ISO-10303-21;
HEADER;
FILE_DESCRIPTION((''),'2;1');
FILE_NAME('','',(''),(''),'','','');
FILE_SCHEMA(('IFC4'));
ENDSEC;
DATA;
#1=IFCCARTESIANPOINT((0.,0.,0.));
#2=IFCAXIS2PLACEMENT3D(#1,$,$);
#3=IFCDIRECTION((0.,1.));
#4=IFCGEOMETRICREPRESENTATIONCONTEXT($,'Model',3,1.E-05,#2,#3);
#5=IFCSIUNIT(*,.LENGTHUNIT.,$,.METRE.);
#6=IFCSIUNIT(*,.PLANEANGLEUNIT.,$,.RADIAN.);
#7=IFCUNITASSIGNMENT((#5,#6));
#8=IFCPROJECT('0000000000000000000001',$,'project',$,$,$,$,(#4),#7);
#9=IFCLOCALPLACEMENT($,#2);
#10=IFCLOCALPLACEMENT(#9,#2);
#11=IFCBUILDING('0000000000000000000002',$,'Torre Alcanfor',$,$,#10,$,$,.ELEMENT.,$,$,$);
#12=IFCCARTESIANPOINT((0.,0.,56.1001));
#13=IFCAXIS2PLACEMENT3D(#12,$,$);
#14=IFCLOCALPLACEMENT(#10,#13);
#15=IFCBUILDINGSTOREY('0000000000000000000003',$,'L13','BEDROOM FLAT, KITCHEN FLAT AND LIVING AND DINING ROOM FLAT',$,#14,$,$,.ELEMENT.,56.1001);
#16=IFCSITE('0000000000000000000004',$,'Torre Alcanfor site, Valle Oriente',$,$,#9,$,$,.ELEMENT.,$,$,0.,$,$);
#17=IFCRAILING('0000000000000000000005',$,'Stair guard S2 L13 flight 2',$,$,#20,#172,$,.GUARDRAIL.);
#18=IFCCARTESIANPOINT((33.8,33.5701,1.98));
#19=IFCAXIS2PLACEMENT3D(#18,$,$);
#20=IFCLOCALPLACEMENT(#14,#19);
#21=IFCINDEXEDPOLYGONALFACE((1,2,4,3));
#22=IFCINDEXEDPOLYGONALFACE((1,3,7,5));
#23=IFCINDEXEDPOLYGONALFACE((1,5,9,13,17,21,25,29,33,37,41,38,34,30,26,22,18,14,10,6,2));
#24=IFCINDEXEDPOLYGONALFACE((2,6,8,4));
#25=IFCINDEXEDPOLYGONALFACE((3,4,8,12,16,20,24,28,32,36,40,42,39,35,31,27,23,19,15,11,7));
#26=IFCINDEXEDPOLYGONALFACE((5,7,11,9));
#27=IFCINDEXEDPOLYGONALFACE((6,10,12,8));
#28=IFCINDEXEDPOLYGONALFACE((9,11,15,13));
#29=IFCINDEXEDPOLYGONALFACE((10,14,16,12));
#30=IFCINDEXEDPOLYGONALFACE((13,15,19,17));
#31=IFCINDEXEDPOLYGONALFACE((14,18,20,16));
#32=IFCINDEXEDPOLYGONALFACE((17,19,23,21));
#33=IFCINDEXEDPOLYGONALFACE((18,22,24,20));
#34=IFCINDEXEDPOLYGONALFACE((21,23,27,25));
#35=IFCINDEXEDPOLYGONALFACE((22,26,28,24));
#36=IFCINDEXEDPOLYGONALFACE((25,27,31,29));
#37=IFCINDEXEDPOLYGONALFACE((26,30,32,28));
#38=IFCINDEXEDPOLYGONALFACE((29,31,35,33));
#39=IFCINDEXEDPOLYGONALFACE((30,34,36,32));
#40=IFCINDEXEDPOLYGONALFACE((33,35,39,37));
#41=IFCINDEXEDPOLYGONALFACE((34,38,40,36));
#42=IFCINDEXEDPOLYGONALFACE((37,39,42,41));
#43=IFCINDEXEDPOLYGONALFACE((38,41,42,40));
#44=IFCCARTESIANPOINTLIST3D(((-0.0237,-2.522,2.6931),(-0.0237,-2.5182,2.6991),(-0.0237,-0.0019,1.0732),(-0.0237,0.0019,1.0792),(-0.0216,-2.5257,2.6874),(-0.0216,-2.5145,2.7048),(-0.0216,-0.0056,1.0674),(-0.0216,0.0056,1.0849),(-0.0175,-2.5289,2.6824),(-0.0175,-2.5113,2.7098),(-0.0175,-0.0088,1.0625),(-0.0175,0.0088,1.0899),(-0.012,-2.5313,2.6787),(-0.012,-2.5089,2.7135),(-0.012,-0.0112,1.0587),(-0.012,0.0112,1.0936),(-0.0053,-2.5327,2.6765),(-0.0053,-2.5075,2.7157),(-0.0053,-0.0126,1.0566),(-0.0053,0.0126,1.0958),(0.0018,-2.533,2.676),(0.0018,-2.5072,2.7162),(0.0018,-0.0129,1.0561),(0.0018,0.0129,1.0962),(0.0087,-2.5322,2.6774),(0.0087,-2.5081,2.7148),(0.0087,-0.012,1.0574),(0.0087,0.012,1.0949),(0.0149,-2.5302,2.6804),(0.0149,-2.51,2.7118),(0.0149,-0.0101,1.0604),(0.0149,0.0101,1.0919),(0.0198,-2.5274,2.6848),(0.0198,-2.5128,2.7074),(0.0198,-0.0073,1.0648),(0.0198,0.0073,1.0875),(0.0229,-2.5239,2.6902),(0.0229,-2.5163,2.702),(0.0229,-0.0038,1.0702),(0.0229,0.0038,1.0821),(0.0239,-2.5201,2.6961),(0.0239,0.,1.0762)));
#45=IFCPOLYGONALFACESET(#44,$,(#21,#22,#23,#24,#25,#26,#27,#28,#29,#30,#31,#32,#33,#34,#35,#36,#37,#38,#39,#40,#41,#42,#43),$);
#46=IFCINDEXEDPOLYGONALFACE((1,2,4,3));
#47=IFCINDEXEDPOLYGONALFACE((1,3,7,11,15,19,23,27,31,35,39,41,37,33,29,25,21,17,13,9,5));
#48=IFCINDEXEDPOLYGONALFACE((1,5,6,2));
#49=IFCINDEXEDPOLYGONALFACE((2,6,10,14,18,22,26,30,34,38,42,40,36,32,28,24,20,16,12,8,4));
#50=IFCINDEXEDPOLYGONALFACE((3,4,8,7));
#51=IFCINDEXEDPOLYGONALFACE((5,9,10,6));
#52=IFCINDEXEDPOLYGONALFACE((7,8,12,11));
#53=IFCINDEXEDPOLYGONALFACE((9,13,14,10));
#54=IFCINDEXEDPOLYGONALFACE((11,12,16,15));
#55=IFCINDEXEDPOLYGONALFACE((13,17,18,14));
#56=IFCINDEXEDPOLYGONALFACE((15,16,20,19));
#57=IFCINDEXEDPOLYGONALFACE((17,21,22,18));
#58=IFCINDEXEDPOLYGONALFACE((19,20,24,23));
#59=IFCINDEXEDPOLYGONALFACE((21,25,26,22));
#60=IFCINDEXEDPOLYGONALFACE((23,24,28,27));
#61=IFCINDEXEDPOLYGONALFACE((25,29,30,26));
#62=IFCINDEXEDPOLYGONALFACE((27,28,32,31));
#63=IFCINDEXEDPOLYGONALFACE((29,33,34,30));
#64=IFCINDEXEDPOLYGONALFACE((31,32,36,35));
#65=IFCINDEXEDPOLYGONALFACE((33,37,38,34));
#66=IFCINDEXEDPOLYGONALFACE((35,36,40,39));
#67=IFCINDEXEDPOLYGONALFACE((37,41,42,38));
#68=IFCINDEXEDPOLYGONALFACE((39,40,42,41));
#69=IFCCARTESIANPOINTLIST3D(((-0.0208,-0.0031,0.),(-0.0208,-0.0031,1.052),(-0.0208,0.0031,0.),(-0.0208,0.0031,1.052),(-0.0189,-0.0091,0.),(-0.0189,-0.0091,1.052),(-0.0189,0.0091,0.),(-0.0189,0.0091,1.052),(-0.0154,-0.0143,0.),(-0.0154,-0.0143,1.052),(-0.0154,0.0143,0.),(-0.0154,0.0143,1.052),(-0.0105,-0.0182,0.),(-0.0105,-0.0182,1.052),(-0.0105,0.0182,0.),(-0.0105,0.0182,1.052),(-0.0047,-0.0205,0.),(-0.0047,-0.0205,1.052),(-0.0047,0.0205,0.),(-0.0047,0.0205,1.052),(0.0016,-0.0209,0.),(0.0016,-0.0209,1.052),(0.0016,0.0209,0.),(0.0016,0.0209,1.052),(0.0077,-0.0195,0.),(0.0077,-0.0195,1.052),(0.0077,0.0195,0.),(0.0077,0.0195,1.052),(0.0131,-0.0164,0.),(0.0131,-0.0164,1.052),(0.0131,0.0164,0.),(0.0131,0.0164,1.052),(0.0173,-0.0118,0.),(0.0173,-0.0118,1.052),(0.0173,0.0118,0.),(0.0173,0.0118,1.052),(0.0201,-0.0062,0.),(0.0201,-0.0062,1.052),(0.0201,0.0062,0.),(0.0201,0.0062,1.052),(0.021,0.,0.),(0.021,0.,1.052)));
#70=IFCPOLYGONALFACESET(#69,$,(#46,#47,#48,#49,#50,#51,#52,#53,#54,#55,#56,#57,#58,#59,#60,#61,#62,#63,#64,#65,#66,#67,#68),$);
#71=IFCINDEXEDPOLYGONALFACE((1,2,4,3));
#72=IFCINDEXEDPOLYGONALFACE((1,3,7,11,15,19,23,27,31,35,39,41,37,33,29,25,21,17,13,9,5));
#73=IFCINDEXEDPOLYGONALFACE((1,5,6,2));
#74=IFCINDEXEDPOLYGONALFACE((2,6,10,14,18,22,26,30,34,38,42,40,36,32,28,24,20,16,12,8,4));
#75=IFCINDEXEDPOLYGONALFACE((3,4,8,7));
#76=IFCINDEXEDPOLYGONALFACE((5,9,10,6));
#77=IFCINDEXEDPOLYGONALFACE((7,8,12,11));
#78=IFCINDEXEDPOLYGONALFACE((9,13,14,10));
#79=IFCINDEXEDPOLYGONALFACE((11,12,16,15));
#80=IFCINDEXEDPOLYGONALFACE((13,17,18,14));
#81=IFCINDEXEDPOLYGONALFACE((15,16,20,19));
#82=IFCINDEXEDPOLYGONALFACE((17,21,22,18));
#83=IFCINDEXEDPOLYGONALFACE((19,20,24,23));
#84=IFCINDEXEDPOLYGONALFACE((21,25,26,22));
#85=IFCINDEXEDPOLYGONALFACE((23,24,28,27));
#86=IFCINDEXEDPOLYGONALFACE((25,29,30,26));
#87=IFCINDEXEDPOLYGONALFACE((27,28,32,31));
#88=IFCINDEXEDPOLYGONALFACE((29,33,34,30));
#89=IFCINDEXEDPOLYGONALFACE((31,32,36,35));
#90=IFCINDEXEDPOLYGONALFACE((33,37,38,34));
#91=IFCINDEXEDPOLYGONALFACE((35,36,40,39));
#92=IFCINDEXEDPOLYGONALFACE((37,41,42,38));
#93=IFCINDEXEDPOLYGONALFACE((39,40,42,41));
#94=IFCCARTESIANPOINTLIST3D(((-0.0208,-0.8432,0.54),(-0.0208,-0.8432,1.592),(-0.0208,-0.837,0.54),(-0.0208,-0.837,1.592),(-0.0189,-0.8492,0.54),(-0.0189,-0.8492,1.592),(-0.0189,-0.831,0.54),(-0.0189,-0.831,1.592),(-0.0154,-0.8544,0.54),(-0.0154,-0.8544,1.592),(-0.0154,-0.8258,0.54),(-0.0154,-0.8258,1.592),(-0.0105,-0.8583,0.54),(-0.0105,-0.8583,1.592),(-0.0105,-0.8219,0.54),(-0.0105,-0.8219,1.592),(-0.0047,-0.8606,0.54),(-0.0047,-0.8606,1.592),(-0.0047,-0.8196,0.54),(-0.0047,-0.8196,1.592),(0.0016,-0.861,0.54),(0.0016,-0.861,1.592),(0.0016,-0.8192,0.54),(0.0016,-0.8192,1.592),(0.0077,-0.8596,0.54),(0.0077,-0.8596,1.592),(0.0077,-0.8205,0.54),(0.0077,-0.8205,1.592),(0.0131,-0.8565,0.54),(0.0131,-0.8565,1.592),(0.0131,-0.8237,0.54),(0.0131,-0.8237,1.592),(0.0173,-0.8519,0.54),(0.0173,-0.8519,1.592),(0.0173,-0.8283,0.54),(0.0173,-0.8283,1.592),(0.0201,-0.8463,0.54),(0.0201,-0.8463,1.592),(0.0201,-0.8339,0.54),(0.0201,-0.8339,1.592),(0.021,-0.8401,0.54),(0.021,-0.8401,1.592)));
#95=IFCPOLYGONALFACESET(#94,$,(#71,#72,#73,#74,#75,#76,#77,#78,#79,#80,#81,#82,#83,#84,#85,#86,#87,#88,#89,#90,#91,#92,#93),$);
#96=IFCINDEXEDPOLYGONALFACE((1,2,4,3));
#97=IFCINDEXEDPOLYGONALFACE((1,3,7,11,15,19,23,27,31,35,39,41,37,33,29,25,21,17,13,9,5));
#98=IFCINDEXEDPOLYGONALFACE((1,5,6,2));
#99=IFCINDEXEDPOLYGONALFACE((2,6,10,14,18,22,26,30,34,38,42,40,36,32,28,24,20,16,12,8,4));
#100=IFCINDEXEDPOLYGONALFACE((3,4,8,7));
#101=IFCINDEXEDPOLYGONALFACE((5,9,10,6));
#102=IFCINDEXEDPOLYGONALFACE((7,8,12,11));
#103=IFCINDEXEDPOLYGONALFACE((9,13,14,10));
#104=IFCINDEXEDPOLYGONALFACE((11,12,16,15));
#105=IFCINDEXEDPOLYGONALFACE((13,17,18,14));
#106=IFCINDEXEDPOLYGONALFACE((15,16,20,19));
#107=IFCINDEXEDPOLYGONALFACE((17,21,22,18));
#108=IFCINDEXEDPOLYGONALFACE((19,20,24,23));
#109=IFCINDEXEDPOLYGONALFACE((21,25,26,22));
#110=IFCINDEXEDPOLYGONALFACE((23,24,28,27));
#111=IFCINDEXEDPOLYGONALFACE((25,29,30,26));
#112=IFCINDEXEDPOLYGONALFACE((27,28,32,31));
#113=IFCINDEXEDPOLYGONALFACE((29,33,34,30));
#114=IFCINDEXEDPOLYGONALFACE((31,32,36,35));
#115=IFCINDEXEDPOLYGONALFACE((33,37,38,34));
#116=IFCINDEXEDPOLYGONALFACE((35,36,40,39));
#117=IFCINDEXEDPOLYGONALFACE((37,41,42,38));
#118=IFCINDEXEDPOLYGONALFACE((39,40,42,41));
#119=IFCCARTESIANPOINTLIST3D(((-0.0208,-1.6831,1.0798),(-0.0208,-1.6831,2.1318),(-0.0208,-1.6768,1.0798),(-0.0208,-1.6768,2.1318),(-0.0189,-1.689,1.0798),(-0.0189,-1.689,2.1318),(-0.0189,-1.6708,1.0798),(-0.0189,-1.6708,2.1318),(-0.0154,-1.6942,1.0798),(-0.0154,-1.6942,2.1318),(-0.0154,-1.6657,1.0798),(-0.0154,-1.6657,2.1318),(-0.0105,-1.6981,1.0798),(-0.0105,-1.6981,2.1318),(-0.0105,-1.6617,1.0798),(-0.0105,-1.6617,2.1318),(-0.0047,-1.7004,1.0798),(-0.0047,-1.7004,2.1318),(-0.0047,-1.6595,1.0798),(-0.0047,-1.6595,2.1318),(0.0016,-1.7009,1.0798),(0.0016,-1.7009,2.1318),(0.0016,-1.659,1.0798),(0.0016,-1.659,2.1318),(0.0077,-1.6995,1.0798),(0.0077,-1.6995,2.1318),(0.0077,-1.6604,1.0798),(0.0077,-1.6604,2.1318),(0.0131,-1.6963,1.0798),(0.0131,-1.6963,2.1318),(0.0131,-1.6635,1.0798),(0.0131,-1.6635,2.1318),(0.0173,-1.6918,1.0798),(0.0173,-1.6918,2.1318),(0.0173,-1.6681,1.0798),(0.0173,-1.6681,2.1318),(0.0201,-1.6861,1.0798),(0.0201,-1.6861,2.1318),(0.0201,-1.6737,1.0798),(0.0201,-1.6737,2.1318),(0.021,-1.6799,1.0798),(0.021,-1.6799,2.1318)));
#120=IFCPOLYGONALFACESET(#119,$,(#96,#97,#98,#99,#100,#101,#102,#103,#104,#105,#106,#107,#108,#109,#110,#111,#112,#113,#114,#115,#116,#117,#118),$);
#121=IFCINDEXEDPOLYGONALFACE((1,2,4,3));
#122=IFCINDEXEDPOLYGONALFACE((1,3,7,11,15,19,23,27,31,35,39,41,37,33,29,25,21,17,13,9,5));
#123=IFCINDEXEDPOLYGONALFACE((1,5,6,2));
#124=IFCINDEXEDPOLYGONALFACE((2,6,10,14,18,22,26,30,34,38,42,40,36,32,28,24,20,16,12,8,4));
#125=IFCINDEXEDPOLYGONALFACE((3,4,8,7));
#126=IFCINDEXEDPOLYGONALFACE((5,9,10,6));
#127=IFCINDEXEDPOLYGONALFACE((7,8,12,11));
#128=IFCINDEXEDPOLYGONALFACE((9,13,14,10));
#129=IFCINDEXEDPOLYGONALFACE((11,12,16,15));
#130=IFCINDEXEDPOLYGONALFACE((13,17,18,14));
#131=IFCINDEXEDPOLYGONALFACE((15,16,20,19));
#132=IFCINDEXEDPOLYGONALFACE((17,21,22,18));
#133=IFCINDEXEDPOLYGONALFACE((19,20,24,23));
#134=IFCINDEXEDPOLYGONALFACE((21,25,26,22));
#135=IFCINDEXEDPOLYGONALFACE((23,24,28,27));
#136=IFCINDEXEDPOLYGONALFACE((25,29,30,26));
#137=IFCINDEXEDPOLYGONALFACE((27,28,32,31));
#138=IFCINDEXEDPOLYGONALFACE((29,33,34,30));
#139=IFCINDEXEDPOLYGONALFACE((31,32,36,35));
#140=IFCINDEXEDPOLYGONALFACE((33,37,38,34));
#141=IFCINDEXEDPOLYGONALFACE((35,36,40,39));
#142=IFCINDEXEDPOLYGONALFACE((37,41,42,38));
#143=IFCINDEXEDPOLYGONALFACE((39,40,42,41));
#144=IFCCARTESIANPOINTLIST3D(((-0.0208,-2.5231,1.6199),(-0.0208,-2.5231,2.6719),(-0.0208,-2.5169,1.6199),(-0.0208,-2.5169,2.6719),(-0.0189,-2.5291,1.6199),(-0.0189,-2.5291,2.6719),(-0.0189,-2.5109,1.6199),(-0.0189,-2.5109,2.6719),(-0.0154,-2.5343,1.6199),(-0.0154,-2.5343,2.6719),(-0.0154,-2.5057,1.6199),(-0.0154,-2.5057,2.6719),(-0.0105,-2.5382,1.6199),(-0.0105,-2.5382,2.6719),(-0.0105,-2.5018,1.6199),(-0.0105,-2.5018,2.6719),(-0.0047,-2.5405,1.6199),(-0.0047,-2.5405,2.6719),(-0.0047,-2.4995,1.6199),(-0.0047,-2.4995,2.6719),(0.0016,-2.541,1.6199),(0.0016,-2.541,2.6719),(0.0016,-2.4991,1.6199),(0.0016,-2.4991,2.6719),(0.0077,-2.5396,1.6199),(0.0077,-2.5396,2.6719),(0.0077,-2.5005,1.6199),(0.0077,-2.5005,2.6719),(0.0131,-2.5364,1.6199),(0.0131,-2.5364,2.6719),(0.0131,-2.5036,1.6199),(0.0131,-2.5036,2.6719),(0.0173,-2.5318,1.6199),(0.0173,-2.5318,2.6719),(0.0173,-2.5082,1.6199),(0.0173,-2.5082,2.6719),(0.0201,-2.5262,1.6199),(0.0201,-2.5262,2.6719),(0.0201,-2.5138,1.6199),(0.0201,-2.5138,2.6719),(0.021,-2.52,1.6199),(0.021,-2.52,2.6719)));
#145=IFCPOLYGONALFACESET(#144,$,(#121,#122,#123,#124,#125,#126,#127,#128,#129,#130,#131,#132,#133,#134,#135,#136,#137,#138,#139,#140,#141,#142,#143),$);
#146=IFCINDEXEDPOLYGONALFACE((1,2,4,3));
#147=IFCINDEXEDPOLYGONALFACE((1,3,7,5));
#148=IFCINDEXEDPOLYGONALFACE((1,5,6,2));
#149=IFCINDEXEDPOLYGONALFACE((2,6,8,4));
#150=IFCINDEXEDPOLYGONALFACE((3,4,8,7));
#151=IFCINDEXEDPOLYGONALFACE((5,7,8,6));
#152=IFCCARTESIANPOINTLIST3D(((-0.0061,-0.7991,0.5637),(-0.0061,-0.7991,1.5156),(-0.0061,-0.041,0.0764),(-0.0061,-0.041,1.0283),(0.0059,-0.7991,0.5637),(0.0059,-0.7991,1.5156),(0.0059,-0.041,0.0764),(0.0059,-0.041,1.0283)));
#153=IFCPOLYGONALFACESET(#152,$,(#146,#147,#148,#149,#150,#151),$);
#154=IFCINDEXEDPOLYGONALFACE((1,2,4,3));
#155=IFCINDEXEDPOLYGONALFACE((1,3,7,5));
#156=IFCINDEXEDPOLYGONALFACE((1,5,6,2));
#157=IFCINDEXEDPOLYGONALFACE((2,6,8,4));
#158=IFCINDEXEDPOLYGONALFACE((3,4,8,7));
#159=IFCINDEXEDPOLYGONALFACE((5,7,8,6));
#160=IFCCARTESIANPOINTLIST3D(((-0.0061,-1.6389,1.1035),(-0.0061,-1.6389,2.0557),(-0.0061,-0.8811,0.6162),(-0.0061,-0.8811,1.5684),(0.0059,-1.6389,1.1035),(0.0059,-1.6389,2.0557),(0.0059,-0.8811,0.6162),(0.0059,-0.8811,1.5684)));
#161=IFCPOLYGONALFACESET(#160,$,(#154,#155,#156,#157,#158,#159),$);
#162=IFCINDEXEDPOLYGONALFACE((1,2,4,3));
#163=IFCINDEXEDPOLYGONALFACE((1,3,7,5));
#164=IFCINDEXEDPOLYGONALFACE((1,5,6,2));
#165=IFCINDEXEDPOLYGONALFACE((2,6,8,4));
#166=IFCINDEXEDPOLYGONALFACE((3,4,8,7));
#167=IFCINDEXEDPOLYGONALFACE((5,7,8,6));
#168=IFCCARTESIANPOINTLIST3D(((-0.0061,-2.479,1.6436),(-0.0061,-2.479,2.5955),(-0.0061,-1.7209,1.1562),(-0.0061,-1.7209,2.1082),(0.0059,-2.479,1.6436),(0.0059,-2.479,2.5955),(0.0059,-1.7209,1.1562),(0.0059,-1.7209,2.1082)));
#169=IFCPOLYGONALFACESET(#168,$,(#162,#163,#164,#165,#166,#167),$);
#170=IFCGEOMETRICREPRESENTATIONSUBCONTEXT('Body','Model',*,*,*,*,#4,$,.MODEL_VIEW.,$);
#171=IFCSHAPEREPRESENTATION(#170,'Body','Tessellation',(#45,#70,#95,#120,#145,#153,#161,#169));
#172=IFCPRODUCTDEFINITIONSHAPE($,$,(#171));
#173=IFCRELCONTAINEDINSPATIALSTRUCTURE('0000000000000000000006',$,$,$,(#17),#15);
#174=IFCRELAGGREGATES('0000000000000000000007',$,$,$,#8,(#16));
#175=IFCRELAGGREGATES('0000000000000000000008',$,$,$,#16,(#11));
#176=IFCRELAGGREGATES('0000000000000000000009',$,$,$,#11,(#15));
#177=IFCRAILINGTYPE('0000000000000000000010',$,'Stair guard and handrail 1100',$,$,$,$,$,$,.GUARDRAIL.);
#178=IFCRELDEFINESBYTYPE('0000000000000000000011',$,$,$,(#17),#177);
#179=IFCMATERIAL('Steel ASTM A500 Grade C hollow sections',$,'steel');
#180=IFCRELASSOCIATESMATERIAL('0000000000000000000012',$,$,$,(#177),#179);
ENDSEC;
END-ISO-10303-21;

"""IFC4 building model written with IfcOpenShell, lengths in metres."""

from ifc_helpers import new_model, si_unit, direction, frame, origin, origin_2d, place, context, subcontext, project, spatial, polyline, circle, outline, extrude, material, type_object, element, save


model = new_model("IFC4")

# Units and contexts
model_context = context("Model", 3, precision=1e-05, world=origin(), true_north=direction((0.0, 1.0)))
body_context = subcontext(model_context, "Body", "Model", "MODEL_VIEW")
ifc_project = project(units=[si_unit("LENGTHUNIT", "METRE"), si_unit("PLANEANGLEUNIT", "RADIAN")], contexts=[model_context])

# Site, building, storey
site_placement = place(None, origin())
site = spatial("IfcSite", under=ifc_project, at=site_placement, Name="Torre Alcanfor site, Valle Oriente", CompositionType="ELEMENT", RefElevation=0.0)
building_placement = place(site_placement, origin())
building = spatial("IfcBuilding", under=site, at=building_placement, Name="Torre Alcanfor", CompositionType="ELEMENT")
storey_placement = place(building_placement, frame((0.0, 0.0, 56.1001)))
storey = spatial("IfcBuildingStorey", under=building, at=storey_placement, Name="L13", Description="BEDROOM FLAT, KITCHEN FLAT AND LIVING AND DINING ROOM FLAT", CompositionType="ELEMENT", Elevation=56.1001)

# Railing
ifc_material_1 = material(Name="Steel ASTM A500 Grade C hollow sections", Category="steel")
railing_type_1 = type_object("IfcRailingType", Name="Stair guard and handrail 1100", PredefinedType="GUARDRAIL", material=ifc_material_1)
railing_1_placement = place(storey_placement, frame((33.8, 33.5701, 1.98)))
element("IfcRailing", 1, at=railing_1_placement, inside=storey, type_object=railing_type_1, Name="Stair guard S2 L13 flight 2", PredefinedType="GUARDRAIL", context=body_context, shape_type="SweptSolid", body=[
    extrude(circle(Radius=0.0239, at=origin_2d()), frame((0.0, 0.0, 1.0762), z_axis=(0.0, -0.8412, 0.540725), x_axis=(1.0, 0.0, 0.0)), (0.0, 0.0, 1.0), 2.9958),
    extrude(circle(Radius=0.021, at=origin_2d()), origin(), (0.0, 0.0, 1.0), 1.052),
    extrude(circle(Radius=0.021, at=origin_2d()), frame((0.0, -0.8401, 0.54)), (0.0, 0.0, 1.0), 1.052),
    extrude(circle(Radius=0.021, at=origin_2d()), frame((0.0, -1.6799, 1.0798)), (0.0, 0.0, 1.0), 1.052),
    extrude(circle(Radius=0.021, at=origin_2d()), frame((0.0, -2.52, 1.6199)), (0.0, 0.0, 1.0), 1.052),
    extrude(outline(polyline([(0.041, 0.0764), (0.7991, 0.5637), (0.7991, 1.5156), (0.041, 1.0283), (0.041, 0.0764)])), frame((0.0059, 0.0, 0.0), z_axis=(-1.0, 0.0, 0.0), x_axis=(0.0, -1.0, 0.0)), (0.0, 0.0, 1.0), 0.012),
    extrude(outline(polyline([(0.8811, 0.6162), (1.6389, 1.1035), (1.6389, 2.0557), (0.8811, 1.5684), (0.8811, 0.6162)])), frame((0.0059, 0.0, 0.0), z_axis=(-1.0, 0.0, 0.0), x_axis=(0.0, -1.0, 0.0)), (0.0, 0.0, 1.0), 0.012),
    extrude(outline(polyline([(1.7209, 1.1562), (2.479, 1.6436), (2.479, 2.5955), (1.7209, 2.1082), (1.7209, 1.1562)])), frame((0.0059, 0.0, 0.0), z_axis=(-1.0, 0.0, 0.0), x_axis=(0.0, -1.0, 0.0)), (0.0, 0.0, 1.0), 0.012),
])

save(model, "model.ifc")
